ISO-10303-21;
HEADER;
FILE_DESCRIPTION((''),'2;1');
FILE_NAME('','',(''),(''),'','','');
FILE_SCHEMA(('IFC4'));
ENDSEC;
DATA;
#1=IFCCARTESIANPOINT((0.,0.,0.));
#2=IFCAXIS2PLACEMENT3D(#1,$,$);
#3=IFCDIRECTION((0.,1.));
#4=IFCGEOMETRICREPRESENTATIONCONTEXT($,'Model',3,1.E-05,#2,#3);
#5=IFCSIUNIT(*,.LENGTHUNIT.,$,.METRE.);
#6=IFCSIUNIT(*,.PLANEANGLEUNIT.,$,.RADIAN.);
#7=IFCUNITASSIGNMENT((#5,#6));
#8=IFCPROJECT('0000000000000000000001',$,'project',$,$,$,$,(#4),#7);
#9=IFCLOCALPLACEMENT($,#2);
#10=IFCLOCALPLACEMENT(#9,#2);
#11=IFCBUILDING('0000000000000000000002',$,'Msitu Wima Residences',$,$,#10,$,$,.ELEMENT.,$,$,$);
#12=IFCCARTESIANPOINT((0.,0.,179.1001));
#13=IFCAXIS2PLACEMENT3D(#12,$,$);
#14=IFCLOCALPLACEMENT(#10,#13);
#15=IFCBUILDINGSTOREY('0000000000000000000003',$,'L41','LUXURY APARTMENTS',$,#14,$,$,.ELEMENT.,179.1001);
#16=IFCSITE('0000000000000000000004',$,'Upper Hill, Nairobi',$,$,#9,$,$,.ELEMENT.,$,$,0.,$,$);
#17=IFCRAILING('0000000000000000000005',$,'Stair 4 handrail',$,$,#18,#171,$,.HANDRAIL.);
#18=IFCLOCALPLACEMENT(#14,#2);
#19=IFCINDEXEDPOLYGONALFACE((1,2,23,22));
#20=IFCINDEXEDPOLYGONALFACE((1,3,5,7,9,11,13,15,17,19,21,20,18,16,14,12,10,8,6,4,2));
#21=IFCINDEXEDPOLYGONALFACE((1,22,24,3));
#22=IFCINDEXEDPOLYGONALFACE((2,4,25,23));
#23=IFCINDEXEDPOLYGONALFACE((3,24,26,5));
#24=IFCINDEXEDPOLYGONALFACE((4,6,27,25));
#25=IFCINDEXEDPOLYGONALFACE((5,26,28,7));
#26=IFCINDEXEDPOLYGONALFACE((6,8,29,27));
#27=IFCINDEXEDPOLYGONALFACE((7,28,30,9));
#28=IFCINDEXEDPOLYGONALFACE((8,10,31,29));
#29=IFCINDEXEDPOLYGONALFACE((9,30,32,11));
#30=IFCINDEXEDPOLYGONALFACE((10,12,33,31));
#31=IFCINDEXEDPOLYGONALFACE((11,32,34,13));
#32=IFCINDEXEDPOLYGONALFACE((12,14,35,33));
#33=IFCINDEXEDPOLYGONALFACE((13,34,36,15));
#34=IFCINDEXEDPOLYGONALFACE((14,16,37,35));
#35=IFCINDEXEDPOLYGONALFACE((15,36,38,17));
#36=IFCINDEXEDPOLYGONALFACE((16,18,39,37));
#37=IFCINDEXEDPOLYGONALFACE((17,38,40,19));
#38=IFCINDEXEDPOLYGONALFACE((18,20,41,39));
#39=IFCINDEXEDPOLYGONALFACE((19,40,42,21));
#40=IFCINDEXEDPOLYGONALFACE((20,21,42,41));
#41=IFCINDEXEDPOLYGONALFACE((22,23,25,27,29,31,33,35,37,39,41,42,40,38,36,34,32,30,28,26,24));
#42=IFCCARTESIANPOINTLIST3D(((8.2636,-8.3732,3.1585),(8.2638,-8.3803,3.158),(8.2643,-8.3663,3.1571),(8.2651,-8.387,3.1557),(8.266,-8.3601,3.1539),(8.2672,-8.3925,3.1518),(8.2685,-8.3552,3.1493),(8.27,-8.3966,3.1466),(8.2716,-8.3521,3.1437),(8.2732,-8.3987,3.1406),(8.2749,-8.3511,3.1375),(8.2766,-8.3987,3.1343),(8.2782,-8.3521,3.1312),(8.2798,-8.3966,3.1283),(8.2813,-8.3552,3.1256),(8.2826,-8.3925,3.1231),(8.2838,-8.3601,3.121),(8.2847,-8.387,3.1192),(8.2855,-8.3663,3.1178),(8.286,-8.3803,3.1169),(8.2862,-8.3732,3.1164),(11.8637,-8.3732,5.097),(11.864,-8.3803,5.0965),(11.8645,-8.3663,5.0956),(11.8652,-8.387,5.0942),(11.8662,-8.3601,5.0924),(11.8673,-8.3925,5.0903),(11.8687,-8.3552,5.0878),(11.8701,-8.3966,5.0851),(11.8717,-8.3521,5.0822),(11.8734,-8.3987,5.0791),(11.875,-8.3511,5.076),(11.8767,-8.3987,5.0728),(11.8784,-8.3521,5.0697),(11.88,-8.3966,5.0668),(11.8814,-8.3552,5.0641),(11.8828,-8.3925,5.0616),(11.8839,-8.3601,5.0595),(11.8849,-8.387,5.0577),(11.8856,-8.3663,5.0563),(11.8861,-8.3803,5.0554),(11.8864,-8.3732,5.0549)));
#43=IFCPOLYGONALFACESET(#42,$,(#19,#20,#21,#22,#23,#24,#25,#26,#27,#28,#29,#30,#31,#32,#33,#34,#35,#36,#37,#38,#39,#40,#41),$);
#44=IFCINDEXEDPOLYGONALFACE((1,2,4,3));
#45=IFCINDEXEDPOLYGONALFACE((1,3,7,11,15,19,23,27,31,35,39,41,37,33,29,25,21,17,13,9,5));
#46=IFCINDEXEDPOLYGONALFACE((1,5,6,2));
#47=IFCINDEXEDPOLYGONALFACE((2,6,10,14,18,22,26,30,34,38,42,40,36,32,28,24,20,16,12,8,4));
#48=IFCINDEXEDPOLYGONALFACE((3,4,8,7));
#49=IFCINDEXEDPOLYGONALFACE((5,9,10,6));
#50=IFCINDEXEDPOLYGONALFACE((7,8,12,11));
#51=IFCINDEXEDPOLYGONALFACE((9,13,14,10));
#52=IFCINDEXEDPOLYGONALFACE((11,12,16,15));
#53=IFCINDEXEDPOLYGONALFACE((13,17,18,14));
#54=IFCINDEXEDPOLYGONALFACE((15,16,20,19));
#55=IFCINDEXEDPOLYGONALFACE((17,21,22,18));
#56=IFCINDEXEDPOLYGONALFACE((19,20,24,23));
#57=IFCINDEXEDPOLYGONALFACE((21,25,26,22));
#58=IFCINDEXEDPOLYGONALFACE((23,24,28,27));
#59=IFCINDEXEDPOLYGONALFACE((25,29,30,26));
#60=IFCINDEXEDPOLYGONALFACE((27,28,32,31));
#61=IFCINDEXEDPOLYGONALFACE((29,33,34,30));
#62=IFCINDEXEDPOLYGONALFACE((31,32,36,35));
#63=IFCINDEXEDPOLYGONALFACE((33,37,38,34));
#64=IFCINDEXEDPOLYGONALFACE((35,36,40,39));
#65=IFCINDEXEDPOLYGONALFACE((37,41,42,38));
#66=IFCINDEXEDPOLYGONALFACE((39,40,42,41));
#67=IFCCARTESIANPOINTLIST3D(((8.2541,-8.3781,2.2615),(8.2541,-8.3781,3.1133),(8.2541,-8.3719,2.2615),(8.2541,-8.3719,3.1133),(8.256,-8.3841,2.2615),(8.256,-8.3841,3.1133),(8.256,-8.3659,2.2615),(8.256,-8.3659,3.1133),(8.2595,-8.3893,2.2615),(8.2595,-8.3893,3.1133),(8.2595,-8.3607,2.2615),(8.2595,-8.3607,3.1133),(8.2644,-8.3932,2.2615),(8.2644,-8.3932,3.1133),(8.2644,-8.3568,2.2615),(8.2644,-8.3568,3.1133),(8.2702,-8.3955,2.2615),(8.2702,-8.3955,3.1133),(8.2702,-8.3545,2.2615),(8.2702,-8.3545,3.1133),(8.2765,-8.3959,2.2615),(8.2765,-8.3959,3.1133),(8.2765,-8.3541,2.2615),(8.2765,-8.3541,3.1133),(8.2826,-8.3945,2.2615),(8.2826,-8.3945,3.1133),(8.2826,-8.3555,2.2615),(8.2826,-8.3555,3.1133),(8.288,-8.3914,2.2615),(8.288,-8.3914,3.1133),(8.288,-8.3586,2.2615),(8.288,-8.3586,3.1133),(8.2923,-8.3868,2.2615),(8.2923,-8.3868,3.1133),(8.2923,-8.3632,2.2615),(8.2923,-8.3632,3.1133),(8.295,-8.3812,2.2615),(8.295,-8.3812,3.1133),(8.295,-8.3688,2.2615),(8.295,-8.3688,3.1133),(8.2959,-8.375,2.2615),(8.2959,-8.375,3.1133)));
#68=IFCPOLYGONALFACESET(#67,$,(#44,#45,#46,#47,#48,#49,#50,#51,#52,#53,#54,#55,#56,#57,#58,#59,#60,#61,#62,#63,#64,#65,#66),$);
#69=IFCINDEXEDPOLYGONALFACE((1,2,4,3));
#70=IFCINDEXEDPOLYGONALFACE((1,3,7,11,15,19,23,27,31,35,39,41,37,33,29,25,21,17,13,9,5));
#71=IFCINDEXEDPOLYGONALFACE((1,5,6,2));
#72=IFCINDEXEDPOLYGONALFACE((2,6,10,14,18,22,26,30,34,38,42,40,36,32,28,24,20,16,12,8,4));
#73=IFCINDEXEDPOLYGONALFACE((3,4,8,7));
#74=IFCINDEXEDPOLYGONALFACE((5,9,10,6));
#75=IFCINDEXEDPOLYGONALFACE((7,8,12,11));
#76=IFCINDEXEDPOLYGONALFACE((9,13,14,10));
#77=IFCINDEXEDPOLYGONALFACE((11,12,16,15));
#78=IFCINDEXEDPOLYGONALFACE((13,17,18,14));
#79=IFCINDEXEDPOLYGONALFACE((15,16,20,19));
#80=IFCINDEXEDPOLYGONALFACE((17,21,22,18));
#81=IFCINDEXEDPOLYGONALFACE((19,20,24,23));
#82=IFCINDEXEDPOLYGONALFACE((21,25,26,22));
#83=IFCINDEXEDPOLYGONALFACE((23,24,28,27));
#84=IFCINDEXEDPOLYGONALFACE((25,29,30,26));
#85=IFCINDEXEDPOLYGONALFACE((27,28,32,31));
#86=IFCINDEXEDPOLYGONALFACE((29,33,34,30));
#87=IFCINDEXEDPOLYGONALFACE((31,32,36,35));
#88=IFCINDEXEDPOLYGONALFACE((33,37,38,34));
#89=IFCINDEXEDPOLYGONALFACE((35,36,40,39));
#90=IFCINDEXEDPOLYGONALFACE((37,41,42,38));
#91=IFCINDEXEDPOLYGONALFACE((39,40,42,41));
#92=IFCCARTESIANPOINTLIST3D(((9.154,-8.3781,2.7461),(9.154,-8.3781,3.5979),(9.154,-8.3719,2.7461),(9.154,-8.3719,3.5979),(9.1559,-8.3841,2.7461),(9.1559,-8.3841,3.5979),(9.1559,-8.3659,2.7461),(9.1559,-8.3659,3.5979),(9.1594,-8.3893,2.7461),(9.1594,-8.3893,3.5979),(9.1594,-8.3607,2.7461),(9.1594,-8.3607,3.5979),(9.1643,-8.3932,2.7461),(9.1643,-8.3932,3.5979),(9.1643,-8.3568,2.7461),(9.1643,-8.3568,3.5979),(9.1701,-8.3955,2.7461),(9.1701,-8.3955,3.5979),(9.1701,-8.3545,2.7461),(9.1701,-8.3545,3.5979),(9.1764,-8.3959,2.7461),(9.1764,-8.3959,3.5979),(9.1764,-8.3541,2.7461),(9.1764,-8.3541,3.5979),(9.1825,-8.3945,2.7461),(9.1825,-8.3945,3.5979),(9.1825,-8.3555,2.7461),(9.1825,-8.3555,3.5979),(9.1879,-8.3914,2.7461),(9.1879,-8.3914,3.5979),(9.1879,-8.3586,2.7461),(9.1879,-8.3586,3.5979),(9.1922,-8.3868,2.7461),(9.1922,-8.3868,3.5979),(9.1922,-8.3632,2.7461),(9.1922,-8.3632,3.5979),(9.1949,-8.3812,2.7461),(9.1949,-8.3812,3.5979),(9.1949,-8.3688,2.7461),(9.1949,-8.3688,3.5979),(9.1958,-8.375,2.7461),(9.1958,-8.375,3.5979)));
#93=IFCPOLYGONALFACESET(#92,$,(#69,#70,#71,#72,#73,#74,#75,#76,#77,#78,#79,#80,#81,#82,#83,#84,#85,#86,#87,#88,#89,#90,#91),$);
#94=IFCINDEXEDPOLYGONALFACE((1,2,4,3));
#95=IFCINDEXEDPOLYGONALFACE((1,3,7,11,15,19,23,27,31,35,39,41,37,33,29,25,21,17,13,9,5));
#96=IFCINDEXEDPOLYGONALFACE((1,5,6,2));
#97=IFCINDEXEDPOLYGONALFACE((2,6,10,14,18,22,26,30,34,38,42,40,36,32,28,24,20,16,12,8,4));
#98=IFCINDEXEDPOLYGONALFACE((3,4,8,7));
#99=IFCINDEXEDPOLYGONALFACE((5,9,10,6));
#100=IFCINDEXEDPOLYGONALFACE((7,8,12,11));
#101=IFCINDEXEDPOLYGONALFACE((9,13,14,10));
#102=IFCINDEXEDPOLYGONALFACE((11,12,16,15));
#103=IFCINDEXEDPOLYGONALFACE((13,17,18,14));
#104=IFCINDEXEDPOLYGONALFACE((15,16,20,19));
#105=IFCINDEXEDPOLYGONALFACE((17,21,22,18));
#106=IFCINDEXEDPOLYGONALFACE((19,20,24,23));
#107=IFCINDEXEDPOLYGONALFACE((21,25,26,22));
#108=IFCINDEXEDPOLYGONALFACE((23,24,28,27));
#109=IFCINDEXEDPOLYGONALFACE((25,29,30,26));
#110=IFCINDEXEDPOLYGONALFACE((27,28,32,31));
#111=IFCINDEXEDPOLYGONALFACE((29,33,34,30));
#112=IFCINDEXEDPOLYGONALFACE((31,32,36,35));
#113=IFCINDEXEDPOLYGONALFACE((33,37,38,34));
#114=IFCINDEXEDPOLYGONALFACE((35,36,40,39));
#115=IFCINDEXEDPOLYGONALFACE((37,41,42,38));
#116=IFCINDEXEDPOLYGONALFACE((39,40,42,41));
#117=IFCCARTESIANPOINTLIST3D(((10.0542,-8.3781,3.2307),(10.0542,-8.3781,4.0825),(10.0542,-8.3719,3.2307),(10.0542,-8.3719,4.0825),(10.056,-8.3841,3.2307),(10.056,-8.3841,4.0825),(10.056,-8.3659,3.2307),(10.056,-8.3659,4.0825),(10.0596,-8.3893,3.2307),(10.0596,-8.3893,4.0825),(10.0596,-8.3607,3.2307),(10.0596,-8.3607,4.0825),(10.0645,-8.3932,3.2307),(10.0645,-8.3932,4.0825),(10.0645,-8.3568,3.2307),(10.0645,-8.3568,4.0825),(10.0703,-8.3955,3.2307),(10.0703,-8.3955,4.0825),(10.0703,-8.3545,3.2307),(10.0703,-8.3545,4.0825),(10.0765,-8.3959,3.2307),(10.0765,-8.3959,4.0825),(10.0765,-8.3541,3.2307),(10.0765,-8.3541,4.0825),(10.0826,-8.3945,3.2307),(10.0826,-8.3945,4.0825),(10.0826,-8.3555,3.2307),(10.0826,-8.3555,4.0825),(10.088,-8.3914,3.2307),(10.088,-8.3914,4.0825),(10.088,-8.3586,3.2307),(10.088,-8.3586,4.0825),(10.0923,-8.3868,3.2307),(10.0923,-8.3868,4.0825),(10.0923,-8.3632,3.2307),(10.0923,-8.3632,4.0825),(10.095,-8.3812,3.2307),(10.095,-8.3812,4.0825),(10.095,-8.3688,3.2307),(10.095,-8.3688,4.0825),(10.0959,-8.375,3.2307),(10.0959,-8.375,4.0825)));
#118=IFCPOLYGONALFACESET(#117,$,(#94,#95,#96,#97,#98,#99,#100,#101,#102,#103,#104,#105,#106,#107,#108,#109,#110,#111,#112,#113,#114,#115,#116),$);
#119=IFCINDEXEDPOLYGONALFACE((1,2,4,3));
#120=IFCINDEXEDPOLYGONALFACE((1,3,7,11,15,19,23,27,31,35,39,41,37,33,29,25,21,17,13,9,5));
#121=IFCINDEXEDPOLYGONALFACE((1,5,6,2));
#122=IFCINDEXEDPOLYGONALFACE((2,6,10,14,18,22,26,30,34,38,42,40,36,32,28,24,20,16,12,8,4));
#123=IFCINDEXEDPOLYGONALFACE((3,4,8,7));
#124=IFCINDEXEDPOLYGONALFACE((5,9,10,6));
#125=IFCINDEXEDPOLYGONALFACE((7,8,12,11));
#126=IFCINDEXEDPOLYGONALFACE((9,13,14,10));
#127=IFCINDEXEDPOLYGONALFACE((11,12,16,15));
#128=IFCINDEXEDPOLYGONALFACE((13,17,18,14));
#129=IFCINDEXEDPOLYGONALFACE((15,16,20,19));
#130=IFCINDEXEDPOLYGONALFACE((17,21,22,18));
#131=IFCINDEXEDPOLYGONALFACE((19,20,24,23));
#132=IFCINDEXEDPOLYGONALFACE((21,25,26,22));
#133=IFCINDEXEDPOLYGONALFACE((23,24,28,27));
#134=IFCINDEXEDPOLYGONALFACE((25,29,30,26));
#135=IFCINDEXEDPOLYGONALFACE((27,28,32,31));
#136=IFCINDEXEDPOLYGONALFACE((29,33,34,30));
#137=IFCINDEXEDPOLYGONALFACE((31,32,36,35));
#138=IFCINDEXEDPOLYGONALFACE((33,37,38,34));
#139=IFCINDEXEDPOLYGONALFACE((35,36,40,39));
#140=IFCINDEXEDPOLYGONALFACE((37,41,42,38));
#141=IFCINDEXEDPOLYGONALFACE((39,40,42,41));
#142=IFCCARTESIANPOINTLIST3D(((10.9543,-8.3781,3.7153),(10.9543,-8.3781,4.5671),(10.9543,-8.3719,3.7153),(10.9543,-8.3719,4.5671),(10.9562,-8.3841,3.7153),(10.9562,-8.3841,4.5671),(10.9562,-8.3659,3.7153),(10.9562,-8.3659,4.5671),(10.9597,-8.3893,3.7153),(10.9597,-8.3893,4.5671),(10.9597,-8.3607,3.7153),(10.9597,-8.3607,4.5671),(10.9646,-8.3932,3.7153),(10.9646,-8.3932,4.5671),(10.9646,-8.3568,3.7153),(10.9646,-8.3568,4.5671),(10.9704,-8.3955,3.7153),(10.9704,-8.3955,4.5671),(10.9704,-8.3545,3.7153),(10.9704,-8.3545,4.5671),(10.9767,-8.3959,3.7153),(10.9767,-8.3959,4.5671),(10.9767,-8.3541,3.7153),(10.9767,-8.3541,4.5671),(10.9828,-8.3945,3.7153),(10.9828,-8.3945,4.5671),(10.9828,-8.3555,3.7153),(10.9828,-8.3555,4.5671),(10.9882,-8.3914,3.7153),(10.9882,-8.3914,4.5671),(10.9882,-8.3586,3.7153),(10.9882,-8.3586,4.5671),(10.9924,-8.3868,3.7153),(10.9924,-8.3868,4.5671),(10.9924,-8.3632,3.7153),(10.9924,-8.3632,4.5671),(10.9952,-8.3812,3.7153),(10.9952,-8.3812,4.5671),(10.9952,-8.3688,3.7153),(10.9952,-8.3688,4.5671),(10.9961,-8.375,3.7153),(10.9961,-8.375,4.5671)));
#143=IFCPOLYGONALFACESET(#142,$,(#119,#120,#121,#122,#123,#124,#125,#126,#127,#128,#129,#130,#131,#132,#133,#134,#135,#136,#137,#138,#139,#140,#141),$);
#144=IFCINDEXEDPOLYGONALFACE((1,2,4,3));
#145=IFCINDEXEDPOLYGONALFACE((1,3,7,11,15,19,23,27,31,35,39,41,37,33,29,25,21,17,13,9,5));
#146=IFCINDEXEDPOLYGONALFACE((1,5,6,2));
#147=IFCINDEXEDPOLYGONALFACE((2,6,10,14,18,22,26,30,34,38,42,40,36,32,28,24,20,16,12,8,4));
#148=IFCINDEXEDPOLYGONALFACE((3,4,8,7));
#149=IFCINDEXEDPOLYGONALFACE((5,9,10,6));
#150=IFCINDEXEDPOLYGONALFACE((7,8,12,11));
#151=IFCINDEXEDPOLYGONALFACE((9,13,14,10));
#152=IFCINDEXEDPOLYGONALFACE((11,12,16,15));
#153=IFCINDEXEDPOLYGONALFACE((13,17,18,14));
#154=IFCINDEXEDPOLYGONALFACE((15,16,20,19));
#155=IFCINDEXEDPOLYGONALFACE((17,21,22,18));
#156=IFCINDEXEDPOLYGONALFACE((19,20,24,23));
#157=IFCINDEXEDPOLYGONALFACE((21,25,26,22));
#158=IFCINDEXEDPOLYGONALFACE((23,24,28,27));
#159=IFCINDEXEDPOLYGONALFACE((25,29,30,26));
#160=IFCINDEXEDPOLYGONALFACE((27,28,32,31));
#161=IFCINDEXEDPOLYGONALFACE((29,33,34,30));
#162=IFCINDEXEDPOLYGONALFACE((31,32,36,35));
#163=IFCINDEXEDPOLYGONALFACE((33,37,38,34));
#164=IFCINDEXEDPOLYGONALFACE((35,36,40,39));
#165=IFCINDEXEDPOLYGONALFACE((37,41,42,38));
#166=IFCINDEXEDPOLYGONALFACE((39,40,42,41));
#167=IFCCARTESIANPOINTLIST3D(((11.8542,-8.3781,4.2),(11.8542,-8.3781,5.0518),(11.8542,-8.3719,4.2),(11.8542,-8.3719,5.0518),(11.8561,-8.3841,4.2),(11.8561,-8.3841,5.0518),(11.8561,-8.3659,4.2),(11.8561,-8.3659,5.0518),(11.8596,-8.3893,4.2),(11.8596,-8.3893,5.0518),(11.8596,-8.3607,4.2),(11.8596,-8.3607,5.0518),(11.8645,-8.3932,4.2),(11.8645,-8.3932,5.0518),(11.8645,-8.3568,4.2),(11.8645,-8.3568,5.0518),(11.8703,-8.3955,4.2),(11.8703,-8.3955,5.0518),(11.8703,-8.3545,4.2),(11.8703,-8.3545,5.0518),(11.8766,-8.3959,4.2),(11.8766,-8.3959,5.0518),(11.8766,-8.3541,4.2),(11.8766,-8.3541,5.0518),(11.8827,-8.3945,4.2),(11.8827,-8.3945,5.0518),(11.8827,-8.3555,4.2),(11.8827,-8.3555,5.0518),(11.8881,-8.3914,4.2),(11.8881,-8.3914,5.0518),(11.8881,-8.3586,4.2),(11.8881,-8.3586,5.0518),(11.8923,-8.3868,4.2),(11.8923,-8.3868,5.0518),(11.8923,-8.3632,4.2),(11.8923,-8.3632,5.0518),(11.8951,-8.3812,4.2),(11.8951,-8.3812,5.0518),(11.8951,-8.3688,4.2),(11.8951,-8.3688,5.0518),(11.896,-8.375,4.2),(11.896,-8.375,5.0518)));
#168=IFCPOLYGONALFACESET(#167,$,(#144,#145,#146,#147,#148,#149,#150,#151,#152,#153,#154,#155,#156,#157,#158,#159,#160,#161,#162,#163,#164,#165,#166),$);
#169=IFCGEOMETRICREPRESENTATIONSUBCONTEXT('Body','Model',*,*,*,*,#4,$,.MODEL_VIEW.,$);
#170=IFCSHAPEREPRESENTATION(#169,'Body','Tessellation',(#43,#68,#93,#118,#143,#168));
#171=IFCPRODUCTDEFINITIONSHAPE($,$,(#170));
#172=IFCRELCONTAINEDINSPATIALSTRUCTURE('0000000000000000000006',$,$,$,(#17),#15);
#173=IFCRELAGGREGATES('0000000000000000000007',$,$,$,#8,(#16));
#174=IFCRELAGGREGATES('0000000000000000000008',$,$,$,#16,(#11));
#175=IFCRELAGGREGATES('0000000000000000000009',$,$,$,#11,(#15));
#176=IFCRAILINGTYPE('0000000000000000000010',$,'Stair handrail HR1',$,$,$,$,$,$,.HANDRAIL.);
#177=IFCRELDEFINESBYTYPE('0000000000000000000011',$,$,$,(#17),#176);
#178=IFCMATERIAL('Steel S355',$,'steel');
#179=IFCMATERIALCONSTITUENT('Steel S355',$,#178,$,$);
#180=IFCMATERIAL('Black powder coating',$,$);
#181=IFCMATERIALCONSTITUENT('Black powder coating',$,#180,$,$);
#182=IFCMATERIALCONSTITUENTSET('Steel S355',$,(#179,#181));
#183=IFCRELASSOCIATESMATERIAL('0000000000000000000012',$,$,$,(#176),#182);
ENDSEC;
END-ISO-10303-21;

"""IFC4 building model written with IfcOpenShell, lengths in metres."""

from ifc_helpers import new_model, si_unit, direction, frame, origin, origin_2d, place, context, subcontext, project, spatial, circle, extrude, material, constituent, constituent_set, type_object, element, save


model = new_model("IFC4")

# Units and contexts
model_context = context("Model", 3, precision=1e-05, world=origin(), true_north=direction((0.0, 1.0)))
body_context = subcontext(model_context, "Body", "Model", "MODEL_VIEW")
ifc_project = project(units=[si_unit("LENGTHUNIT", "METRE"), si_unit("PLANEANGLEUNIT", "RADIAN")], contexts=[model_context])

# Site, building, storey
site_placement = place(None, origin())
site = spatial("IfcSite", under=ifc_project, at=site_placement, Name="Upper Hill, Nairobi", CompositionType="ELEMENT", RefElevation=0.0)
building_placement = place(site_placement, origin())
building = spatial("IfcBuilding", under=site, at=building_placement, Name="Msitu Wima Residences", CompositionType="ELEMENT")
storey_placement = place(building_placement, frame((0.0, 0.0, 179.1001)))
storey = spatial("IfcBuildingStorey", under=building, at=storey_placement, Name="L41", Description="LUXURY APARTMENTS", CompositionType="ELEMENT", Elevation=179.1001)

# Railing
ifc_material_1 = material(Name="Steel S355", Category="steel")
ifc_constituent_1 = constituent(ifc_material_1, Name="Steel S355")
ifc_material_2 = material(Name="Black powder coating")
ifc_constituent_2 = constituent(ifc_material_2, Name="Black powder coating")
ifc_constituent_set = constituent_set(constituents=[ifc_constituent_1, ifc_constituent_2], Name="Steel S355")
railing_type = type_object("IfcRailingType", Name="Stair handrail HR1", PredefinedType="HANDRAIL", material=ifc_constituent_set)
for number, where, name in (
    (1, (8.2749, -8.375, 2.2615), "Stair 4 handrail"),
):
    element("IfcRailing", number, at=place(storey_placement, frame(where)), inside=storey, type_object=railing_type, Name=name, PredefinedType="HANDRAIL", context=body_context, shape_type="SweptSolid", body=[
        extrude(circle(Radius=0.0239, at=origin_2d()), frame((0.0, 0.0, 0.876), z_axis=(0.880475, 0.0, 0.474093), x_axis=(0.0, 1.0, 0.0)), (0.0, 0.0, 1.0), 4.0889),
        extrude(circle(Radius=0.021, at=origin_2d()), origin(), (0.0, 0.0, 1.0), 0.8518),
        extrude(circle(Radius=0.021, at=origin_2d()), frame((0.8999, 0.0, 0.4846)), (0.0, 0.0, 1.0), 0.8518),
        extrude(circle(Radius=0.021, at=origin_2d()), frame((1.8, 0.0, 0.9692)), (0.0, 0.0, 1.0), 0.8518),
        extrude(circle(Radius=0.021, at=origin_2d()), frame((2.7002, 0.0, 1.4539)), (0.0, 0.0, 1.0), 0.8518),
        extrude(circle(Radius=0.021, at=origin_2d()), frame((3.6001, 0.0, 1.9385)), (0.0, 0.0, 1.0), 0.8518),
    ])

save(model, "model.ifc")
